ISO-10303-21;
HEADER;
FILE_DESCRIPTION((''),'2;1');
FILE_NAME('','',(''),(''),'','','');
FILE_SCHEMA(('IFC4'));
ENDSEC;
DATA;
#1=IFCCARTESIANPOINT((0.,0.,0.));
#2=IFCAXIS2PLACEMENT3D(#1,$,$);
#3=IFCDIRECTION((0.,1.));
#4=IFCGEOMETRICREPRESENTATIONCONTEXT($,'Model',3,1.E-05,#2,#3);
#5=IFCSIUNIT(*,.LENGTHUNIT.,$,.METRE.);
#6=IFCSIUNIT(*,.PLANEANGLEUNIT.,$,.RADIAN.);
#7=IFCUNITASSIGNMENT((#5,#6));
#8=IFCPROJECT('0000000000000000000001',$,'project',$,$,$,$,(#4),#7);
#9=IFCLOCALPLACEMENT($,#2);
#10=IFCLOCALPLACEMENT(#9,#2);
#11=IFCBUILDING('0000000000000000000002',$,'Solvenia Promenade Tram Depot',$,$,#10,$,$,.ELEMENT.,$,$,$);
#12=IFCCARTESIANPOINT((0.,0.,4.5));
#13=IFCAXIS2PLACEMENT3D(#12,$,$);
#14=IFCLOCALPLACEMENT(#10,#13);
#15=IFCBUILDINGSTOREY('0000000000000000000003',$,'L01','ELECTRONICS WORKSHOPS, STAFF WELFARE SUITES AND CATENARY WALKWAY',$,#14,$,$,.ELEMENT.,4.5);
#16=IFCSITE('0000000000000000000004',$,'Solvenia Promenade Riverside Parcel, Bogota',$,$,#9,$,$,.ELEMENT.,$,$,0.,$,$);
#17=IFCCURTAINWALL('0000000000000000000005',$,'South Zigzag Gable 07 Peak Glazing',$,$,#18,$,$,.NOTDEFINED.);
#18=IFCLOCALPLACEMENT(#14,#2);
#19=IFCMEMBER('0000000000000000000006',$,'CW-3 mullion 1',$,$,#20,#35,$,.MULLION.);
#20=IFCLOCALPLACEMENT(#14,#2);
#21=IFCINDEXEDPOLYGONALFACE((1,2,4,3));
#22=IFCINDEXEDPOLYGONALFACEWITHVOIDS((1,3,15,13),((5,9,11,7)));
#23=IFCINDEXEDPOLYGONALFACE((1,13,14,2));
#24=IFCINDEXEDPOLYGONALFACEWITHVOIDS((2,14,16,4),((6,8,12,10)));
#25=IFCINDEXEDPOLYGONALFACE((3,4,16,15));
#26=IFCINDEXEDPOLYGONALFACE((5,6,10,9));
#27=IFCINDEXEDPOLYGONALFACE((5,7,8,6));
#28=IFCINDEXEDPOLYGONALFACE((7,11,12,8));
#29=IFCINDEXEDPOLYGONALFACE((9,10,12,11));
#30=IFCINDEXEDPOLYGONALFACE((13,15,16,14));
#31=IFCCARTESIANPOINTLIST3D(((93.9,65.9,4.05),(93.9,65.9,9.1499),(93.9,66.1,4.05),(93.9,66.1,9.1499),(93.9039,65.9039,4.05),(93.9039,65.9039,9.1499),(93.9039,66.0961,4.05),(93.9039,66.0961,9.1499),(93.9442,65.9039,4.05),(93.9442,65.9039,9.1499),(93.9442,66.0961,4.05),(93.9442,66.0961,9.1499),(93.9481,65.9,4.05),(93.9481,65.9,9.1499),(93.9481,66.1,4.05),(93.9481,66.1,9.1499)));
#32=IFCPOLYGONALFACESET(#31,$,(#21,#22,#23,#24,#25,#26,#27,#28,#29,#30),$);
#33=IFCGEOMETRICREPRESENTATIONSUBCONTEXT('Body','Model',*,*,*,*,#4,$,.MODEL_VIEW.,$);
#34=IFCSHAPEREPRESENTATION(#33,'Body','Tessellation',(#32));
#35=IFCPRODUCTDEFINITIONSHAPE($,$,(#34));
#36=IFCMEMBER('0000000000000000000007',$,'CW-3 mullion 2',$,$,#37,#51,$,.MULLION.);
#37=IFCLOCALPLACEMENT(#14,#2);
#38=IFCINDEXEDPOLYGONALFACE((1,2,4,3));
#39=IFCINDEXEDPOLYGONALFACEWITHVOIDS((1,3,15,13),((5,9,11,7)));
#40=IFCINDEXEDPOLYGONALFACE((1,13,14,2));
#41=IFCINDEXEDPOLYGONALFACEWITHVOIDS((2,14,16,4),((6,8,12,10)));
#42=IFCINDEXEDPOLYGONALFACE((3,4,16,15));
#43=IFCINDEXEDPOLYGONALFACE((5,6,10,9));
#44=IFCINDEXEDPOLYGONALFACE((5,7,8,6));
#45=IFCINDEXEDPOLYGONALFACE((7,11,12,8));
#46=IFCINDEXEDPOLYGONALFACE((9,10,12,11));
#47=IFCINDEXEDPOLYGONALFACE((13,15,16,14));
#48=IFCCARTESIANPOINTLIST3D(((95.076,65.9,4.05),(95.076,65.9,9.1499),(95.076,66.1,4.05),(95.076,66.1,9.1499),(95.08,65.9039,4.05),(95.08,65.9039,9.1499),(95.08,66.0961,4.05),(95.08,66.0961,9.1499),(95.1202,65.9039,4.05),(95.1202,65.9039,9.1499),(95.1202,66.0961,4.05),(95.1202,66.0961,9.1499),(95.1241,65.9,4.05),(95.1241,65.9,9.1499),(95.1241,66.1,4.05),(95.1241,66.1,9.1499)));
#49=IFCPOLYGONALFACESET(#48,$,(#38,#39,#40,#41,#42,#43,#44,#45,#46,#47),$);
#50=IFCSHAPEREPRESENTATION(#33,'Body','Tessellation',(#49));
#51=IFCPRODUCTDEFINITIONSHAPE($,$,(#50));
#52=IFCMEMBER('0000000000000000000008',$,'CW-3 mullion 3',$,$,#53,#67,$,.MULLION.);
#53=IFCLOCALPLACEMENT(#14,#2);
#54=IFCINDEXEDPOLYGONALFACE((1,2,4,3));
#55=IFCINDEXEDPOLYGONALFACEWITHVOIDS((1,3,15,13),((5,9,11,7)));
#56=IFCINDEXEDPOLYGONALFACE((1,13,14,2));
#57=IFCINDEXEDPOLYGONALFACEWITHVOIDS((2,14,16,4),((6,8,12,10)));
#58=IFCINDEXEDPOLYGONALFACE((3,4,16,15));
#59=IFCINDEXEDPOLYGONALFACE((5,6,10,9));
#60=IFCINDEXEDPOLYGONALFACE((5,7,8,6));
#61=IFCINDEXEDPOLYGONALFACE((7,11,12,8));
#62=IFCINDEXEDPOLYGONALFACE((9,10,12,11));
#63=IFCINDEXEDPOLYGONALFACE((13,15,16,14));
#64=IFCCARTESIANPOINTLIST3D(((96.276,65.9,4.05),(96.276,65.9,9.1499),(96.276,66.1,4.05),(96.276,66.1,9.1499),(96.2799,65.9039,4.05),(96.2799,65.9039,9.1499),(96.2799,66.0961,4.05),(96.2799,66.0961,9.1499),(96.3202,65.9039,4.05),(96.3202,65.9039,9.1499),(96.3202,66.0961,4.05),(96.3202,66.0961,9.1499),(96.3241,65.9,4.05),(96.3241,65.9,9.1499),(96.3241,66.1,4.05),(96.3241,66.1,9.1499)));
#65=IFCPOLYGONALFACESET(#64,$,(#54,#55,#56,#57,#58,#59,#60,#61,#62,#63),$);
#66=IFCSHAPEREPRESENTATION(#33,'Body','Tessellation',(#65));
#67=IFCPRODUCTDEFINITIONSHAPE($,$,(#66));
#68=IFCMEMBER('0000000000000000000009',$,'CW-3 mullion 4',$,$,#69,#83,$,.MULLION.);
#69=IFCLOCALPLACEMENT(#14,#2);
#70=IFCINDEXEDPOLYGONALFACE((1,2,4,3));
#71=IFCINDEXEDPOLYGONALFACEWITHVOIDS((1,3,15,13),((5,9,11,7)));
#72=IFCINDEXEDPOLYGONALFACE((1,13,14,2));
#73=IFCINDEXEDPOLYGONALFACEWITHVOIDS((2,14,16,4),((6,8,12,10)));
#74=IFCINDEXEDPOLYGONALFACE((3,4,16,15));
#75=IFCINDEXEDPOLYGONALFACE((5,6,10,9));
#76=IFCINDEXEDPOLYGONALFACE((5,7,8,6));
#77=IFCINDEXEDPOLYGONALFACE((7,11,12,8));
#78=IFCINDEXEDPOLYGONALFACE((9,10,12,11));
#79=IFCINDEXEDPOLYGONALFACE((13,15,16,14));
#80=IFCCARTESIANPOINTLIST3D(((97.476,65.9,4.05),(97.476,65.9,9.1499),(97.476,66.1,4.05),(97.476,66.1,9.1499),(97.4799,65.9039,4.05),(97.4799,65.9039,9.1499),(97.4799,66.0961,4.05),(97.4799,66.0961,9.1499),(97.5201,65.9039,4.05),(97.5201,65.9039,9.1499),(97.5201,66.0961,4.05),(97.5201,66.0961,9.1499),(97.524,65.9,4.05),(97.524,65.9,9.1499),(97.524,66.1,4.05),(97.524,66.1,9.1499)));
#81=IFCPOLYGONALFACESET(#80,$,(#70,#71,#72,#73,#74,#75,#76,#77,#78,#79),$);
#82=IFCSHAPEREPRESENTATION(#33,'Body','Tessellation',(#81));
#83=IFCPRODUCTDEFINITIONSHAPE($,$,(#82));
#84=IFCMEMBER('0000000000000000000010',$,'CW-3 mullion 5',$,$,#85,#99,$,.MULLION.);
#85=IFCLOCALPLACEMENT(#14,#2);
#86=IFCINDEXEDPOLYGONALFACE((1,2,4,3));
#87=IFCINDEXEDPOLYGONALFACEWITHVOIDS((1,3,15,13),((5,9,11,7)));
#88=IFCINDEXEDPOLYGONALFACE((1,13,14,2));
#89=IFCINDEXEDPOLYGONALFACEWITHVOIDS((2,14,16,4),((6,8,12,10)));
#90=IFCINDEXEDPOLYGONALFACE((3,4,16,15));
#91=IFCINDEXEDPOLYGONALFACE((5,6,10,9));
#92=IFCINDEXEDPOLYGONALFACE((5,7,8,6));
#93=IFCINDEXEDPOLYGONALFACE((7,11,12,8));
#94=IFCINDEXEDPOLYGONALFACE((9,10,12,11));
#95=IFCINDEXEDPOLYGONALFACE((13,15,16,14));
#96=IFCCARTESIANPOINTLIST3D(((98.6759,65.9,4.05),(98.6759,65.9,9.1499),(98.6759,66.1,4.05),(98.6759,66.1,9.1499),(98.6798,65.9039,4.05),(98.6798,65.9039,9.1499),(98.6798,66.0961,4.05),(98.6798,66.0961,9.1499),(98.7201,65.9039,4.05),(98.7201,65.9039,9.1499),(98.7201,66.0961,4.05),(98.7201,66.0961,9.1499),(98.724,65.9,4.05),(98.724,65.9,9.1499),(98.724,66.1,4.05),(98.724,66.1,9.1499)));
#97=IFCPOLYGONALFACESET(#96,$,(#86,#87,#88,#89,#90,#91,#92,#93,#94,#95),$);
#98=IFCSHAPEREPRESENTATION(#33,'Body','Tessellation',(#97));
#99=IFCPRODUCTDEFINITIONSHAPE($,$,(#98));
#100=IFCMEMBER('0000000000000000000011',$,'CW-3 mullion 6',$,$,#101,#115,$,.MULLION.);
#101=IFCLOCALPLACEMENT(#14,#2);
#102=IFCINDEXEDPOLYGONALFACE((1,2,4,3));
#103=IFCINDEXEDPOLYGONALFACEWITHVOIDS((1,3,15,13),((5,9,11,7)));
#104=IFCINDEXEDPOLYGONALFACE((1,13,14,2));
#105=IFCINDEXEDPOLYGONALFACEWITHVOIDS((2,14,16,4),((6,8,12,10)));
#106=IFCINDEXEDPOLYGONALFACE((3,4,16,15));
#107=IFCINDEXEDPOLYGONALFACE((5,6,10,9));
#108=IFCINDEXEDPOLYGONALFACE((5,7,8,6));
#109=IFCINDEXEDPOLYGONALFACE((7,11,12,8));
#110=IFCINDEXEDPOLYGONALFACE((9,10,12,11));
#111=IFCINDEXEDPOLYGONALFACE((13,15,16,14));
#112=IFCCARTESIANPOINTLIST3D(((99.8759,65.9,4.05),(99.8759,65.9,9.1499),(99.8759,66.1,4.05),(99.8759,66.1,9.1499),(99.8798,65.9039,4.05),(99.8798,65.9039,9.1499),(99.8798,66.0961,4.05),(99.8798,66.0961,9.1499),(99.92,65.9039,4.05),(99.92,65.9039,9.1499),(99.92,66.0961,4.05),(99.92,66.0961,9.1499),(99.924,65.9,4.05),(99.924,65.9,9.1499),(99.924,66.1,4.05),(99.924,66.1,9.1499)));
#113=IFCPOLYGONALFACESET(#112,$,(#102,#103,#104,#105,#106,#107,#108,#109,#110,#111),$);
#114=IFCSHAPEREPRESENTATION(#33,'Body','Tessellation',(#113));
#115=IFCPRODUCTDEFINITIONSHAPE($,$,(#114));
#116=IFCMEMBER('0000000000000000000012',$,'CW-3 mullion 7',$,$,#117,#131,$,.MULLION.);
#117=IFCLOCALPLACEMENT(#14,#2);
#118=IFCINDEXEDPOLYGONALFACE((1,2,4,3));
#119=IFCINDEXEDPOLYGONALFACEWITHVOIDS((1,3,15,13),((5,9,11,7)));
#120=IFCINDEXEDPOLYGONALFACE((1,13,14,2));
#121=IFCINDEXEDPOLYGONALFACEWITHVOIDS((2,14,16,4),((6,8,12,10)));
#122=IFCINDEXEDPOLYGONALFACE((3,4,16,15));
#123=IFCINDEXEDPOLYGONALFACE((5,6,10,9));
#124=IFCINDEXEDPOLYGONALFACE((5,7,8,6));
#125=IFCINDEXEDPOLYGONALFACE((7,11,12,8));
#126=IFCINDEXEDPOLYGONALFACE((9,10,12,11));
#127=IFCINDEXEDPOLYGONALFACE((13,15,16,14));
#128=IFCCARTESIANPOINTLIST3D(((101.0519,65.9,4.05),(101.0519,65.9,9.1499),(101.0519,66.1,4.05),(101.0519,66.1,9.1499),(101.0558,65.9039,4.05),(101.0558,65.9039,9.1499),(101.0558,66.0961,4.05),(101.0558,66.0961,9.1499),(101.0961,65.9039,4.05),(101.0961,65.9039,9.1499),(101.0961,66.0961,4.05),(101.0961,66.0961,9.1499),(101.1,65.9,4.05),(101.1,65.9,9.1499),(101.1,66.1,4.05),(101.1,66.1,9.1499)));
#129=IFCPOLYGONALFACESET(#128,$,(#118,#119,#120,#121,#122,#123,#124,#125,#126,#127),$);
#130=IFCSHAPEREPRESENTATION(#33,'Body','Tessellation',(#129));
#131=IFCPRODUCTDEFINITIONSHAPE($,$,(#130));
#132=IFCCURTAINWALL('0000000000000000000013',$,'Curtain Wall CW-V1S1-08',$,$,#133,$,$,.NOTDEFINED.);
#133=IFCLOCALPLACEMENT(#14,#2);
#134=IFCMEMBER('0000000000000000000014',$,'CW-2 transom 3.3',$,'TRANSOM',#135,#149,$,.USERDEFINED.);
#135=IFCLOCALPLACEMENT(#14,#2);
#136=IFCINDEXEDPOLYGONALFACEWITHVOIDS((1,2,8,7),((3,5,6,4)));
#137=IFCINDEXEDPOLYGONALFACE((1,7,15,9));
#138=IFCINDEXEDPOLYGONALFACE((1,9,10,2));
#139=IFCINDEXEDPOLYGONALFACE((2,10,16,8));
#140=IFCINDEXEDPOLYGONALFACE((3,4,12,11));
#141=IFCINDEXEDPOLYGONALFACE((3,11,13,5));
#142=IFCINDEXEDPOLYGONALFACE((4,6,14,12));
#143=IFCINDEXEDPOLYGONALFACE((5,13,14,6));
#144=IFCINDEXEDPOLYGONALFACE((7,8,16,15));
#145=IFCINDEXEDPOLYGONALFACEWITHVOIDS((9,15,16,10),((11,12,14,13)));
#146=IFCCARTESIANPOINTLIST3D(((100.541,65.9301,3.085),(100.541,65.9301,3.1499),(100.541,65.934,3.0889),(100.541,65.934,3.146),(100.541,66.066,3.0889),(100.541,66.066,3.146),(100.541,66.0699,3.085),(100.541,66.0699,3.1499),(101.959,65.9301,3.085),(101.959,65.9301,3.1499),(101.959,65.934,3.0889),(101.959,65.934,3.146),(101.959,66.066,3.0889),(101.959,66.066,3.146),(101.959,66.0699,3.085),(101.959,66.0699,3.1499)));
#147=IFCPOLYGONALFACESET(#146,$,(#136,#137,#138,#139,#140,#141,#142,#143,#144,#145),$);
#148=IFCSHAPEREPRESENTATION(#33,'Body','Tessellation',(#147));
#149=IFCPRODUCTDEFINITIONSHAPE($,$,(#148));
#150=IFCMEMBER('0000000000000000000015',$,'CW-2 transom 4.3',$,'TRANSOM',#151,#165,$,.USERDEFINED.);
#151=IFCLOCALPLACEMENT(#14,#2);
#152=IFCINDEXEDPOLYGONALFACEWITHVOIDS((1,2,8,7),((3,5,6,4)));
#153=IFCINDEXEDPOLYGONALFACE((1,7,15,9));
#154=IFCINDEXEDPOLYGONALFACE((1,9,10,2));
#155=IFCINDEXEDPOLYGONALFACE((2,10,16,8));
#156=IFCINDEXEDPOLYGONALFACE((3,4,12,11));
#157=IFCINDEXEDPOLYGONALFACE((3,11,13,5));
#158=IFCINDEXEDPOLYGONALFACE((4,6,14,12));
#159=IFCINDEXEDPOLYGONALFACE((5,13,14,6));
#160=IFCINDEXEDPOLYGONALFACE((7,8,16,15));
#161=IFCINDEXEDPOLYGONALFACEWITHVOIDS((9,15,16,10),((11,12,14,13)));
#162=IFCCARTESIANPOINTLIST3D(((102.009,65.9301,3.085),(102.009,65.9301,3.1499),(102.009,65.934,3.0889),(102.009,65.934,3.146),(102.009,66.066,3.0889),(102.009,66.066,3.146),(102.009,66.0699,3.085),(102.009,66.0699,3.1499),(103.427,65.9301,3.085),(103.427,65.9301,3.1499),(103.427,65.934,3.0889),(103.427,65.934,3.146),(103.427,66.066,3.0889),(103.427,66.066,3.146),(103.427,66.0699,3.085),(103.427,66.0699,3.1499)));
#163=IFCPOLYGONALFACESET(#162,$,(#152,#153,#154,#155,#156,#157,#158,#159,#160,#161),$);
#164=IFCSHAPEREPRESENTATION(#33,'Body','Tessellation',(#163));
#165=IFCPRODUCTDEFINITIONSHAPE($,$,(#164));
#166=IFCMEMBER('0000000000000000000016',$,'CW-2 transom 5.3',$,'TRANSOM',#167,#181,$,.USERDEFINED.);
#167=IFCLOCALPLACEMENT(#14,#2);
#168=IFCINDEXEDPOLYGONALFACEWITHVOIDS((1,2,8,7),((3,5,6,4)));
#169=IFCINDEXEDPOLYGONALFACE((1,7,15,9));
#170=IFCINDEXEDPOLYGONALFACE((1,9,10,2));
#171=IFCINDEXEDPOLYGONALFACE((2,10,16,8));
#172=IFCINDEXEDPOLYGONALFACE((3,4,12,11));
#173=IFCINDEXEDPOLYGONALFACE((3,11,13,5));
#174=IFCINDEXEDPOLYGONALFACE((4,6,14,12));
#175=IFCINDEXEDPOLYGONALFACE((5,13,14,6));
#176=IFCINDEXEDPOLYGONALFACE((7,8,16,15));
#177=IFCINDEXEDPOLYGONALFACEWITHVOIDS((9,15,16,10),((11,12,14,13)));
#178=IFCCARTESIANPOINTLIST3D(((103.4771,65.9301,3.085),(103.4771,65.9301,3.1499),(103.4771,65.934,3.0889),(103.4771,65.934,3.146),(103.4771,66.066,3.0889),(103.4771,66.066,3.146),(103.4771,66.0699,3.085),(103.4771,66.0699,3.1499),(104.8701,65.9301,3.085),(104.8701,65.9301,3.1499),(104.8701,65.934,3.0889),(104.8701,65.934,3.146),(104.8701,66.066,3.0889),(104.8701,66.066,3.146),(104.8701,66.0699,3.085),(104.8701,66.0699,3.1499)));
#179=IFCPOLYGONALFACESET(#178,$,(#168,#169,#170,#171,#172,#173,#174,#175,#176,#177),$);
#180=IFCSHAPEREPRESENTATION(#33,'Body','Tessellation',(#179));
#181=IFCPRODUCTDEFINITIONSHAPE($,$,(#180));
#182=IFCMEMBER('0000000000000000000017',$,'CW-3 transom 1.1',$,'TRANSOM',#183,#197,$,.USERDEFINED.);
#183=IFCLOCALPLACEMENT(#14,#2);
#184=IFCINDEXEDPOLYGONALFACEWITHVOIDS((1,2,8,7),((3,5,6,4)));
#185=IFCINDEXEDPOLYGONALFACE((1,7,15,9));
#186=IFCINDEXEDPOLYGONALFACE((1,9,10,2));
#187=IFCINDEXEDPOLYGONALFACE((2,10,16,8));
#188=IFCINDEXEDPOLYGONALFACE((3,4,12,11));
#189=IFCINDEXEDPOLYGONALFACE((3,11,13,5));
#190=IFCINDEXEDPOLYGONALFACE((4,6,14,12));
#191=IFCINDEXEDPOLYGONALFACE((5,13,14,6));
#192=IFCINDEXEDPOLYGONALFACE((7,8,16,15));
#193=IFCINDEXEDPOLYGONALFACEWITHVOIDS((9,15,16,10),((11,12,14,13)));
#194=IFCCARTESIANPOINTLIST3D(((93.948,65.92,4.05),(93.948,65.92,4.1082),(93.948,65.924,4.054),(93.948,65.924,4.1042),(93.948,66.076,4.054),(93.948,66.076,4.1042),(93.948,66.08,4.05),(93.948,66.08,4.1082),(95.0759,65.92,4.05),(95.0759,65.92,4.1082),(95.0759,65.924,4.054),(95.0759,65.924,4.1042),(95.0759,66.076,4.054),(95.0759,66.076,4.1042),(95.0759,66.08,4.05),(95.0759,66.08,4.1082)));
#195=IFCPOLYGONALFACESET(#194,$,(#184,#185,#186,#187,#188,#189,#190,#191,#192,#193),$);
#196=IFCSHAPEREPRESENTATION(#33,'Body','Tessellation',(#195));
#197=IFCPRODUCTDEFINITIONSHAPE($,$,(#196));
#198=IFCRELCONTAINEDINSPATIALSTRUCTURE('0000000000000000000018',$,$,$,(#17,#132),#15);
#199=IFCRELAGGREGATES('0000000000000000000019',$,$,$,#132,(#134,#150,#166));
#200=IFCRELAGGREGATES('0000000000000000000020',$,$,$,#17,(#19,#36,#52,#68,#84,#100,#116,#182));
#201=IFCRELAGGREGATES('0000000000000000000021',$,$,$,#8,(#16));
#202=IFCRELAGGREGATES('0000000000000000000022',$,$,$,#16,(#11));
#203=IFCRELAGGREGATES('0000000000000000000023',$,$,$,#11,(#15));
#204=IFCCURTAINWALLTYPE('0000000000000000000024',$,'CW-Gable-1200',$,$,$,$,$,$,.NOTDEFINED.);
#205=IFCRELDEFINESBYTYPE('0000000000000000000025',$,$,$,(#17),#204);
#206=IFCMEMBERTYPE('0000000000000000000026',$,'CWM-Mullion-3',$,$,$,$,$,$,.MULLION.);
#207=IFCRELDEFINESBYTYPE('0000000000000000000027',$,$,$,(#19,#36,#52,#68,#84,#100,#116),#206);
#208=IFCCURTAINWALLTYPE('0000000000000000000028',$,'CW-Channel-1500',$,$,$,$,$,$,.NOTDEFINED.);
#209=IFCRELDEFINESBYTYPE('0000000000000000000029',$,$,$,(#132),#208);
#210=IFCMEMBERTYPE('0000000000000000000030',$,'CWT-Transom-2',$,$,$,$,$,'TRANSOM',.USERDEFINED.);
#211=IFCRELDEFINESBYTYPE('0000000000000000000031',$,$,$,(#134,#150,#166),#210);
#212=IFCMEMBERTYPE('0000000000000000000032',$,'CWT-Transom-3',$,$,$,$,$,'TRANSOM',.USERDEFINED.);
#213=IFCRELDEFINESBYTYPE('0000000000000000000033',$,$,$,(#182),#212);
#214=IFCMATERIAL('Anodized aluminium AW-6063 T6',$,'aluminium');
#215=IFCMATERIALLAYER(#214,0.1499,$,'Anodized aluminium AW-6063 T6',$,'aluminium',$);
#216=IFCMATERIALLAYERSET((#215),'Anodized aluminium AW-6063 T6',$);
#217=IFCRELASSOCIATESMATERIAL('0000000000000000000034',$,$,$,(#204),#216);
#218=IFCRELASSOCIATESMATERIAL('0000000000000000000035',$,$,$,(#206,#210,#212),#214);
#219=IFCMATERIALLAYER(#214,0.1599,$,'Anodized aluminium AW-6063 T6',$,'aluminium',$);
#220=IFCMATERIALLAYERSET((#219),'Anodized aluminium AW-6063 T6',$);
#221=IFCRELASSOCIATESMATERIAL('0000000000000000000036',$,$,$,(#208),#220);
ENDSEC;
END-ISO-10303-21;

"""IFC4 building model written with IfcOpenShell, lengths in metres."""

from ifc_helpers import new_model, si_unit, direction, frame, origin, origin_2d, place, context, subcontext, project, spatial, hollow_rectangle, extrude, material, layer, layer_set, material_profile, profile_set, type_object, element, aggregate, save


model = new_model("IFC4")

# Units and contexts
model_context = context("Model", 3, precision=1e-05, world=origin(), true_north=direction((0.0, 1.0)))
body_context = subcontext(model_context, "Body", "Model", "MODEL_VIEW")
ifc_project = project(units=[si_unit("LENGTHUNIT", "METRE"), si_unit("PLANEANGLEUNIT", "RADIAN")], contexts=[model_context])

# Site, building, storey
site_placement = place(None, origin())
site = spatial("IfcSite", under=ifc_project, at=site_placement, Name="Solvenia Promenade Riverside Parcel, Bogota", CompositionType="ELEMENT", RefElevation=0.0)
building_placement = place(site_placement, origin())
building = spatial("IfcBuilding", under=site, at=building_placement, Name="Solvenia Promenade Tram Depot", CompositionType="ELEMENT")
storey_placement = place(building_placement, frame((0.0, 0.0, 4.5)))
storey = spatial("IfcBuildingStorey", under=building, at=storey_placement, Name="L01", Description="ELECTRONICS WORKSHOPS, STAFF WELFARE SUITES AND CATENARY WALKWAY", CompositionType="ELEMENT", Elevation=4.5)

# Curtain walls, members
ifc_material_1 = material(Name="Anodized aluminium AW-6063 T6", Category="aluminium")
ifc_layer_1 = layer(ifc_material_1, 0.1499, Name="Anodized aluminium AW-6063 T6", Category="aluminium")
ifc_layer_set_1 = layer_set([ifc_layer_1], Name="Anodized aluminium AW-6063 T6")
curtain_wall_type_1 = type_object("IfcCurtainWallType", Name="CW-Gable-1200", PredefinedType="NOTDEFINED", material=ifc_layer_set_1)
curtain_wall_1_placement = place(storey_placement, origin())
curtain_wall_1 = element("IfcCurtainWall", 1, at=curtain_wall_1_placement, inside=storey, type_object=curtain_wall_type_1, Name="South Zigzag Gable 07 Peak Glazing", PredefinedType="NOTDEFINED")
ifc_material_profile_1 = material_profile(ifc_material_1, hollow_rectangle(XDim=0.2, YDim=0.0481, WallThickness=0.0039, at=origin_2d()), Name="ALU-M3", Category="aluminium")
ifc_profile_set_1 = profile_set([ifc_material_profile_1], Name="Anodized aluminium AW-6063 T6")
member_type_1 = type_object("IfcMemberType", Name="CWM-Mullion-3", PredefinedType="MULLION", material=ifc_profile_set_1)
member_1_placement = place(storey_placement, frame((93.9241, 66.0, 4.05), z_axis=(0.0, 0.0, 1.0), x_axis=(0.0, 1.0, 0.0)))
member_1 = element("IfcMember", 2, at=member_1_placement, type_object=member_type_1, Name="CW-3 mullion 1", PredefinedType="MULLION", context=body_context, shape_type="SweptSolid", body=[
    extrude(hollow_rectangle(XDim=0.2, YDim=0.0481, WallThickness=0.0039, at=origin_2d()), origin(), (0.0, 0.0, 1.0), 5.0999),
])
member_2_placement = place(storey_placement, frame((95.1001, 66.0, 4.05), z_axis=(0.0, 0.0, 1.0), x_axis=(0.0, 1.0, 0.0)))
member_2 = element("IfcMember", 3, at=member_2_placement, type_object=member_type_1, Name="CW-3 mullion 2", PredefinedType="MULLION", context=body_context, shape_type="SweptSolid", body=[
    extrude(hollow_rectangle(XDim=0.2, YDim=0.0481, WallThickness=0.0039, at=origin_2d()), origin(), (0.0, 0.0, 1.0), 5.0999),
])
member_3_placement = place(storey_placement, frame((96.3, 66.0, 4.05), z_axis=(0.0, 0.0, 1.0), x_axis=(0.0, 1.0, 0.0)))
member_3 = element("IfcMember", 4, at=member_3_placement, type_object=member_type_1, Name="CW-3 mullion 3", PredefinedType="MULLION", context=body_context, shape_type="SweptSolid", body=[
    extrude(hollow_rectangle(XDim=0.2, YDim=0.0481, WallThickness=0.0039, at=origin_2d()), origin(), (0.0, 0.0, 1.0), 5.0999),
])
member_4_placement = place(storey_placement, frame((97.5, 66.0, 4.05), z_axis=(0.0, 0.0, 1.0), x_axis=(0.0, 1.0, 0.0)))
member_4 = element("IfcMember", 5, at=member_4_placement, type_object=member_type_1, Name="CW-3 mullion 4", PredefinedType="MULLION", context=body_context, shape_type="SweptSolid", body=[
    extrude(hollow_rectangle(XDim=0.2, YDim=0.0481, WallThickness=0.0039, at=origin_2d()), origin(), (0.0, 0.0, 1.0), 5.0999),
])
member_5_placement = place(storey_placement, frame((98.7, 66.0, 4.05), z_axis=(0.0, 0.0, 1.0), x_axis=(0.0, 1.0, 0.0)))
member_5 = element("IfcMember", 6, at=member_5_placement, type_object=member_type_1, Name="CW-3 mullion 5", PredefinedType="MULLION", context=body_context, shape_type="SweptSolid", body=[
    extrude(hollow_rectangle(XDim=0.2, YDim=0.0481, WallThickness=0.0039, at=origin_2d()), origin(), (0.0, 0.0, 1.0), 5.0999),
])
member_6_placement = place(storey_placement, frame((99.8999, 66.0, 4.05), z_axis=(0.0, 0.0, 1.0), x_axis=(0.0, 1.0, 0.0)))
member_6 = element("IfcMember", 7, at=member_6_placement, type_object=member_type_1, Name="CW-3 mullion 6", PredefinedType="MULLION", context=body_context, shape_type="SweptSolid", body=[
    extrude(hollow_rectangle(XDim=0.2, YDim=0.0481, WallThickness=0.0039, at=origin_2d()), origin(), (0.0, 0.0, 1.0), 5.0999),
])
member_7_placement = place(storey_placement, frame((101.0759, 66.0, 4.05), z_axis=(0.0, 0.0, 1.0), x_axis=(0.0, 1.0, 0.0)))
member_7 = element("IfcMember", 8, at=member_7_placement, type_object=member_type_1, Name="CW-3 mullion 7", PredefinedType="MULLION", context=body_context, shape_type="SweptSolid", body=[
    extrude(hollow_rectangle(XDim=0.2, YDim=0.0481, WallThickness=0.0039, at=origin_2d()), origin(), (0.0, 0.0, 1.0), 5.0999),
])
ifc_layer_2 = layer(ifc_material_1, 0.1599, Name="Anodized aluminium AW-6063 T6", Category="aluminium")
ifc_layer_set_2 = layer_set([ifc_layer_2], Name="Anodized aluminium AW-6063 T6")
curtain_wall_type_2 = type_object("IfcCurtainWallType", Name="CW-Channel-1500", PredefinedType="NOTDEFINED", material=ifc_layer_set_2)
curtain_wall_2_placement = place(storey_placement, origin())
curtain_wall_2 = element("IfcCurtainWall", 9, at=curtain_wall_2_placement, inside=storey, type_object=curtain_wall_type_2, Name="Curtain Wall CW-V1S1-08", PredefinedType="NOTDEFINED")
ifc_material_profile_2 = material_profile(ifc_material_1, hollow_rectangle(XDim=0.1399, YDim=0.0649, WallThickness=0.0039, at=origin_2d()), Name="ALU-T2", Category="aluminium")
ifc_profile_set_2 = profile_set([ifc_material_profile_2], Name="Anodized aluminium AW-6063 T6")
member_type_2 = type_object("IfcMemberType", Name="CWT-Transom-2", ElementType="TRANSOM", PredefinedType="USERDEFINED", material=ifc_profile_set_2)
member_8_placement = place(storey_placement, frame((100.541, 66.0, 3.1174), z_axis=(1.0, 0.0, 0.0), x_axis=(0.0, 1.0, 0.0)))
member_8 = element("IfcMember", 10, at=member_8_placement, type_object=member_type_2, Name="CW-2 transom 3.3", ObjectType="TRANSOM", PredefinedType="USERDEFINED", context=body_context, shape_type="SweptSolid", body=[
    extrude(hollow_rectangle(XDim=0.1399, YDim=0.0649, WallThickness=0.0039, at=origin_2d()), origin(), (0.0, 0.0, 1.0), 1.418),
])
member_9_placement = place(storey_placement, frame((102.009, 66.0, 3.1174), z_axis=(1.0, 0.0, 0.0), x_axis=(0.0, 1.0, 0.0)))
member_9 = element("IfcMember", 11, at=member_9_placement, type_object=member_type_2, Name="CW-2 transom 4.3", ObjectType="TRANSOM", PredefinedType="USERDEFINED", context=body_context, shape_type="SweptSolid", body=[
    extrude(hollow_rectangle(XDim=0.1399, YDim=0.0649, WallThickness=0.0039, at=origin_2d()), origin(), (0.0, 0.0, 1.0), 1.418),
])
member_10_placement = place(storey_placement, frame((103.4771, 66.0, 3.1174), z_axis=(1.0, 0.0, 0.0), x_axis=(0.0, 1.0, 0.0)))
member_10 = element("IfcMember", 12, at=member_10_placement, type_object=member_type_2, Name="CW-2 transom 5.3", ObjectType="TRANSOM", PredefinedType="USERDEFINED", context=body_context, shape_type="SweptSolid", body=[
    extrude(hollow_rectangle(XDim=0.1399, YDim=0.0649, WallThickness=0.0039, at=origin_2d()), origin(), (0.0, 0.0, 1.0), 1.3931),
])
aggregate(curtain_wall_2, [member_8, member_9, member_10])

# Member
ifc_material_profile_3 = material_profile(ifc_material_1, hollow_rectangle(XDim=0.1599, YDim=0.0581, WallThickness=0.0039, at=origin_2d()), Name="ALU-T3", Category="aluminium")
ifc_profile_set_3 = profile_set([ifc_material_profile_3], Name="Anodized aluminium AW-6063 T6")
member_type_3 = type_object("IfcMemberType", Name="CWT-Transom-3", ElementType="TRANSOM", PredefinedType="USERDEFINED", material=ifc_profile_set_3)
member_11_placement = place(storey_placement, frame((93.948, 66.0, 4.0791), z_axis=(1.0, 0.0, 0.0), x_axis=(0.0, 1.0, 0.0)))
member_11 = element("IfcMember", 13, at=member_11_placement, type_object=member_type_3, Name="CW-3 transom 1.1", ObjectType="TRANSOM", PredefinedType="USERDEFINED", context=body_context, shape_type="SweptSolid", body=[
    extrude(hollow_rectangle(XDim=0.1599, YDim=0.0581, WallThickness=0.0039, at=origin_2d()), origin(), (0.0, 0.0, 1.0), 1.1279),
])

aggregate(curtain_wall_1, [member_1, member_2, member_3, member_4, member_5, member_6, member_7, member_11])

save(model, "model.ifc")
